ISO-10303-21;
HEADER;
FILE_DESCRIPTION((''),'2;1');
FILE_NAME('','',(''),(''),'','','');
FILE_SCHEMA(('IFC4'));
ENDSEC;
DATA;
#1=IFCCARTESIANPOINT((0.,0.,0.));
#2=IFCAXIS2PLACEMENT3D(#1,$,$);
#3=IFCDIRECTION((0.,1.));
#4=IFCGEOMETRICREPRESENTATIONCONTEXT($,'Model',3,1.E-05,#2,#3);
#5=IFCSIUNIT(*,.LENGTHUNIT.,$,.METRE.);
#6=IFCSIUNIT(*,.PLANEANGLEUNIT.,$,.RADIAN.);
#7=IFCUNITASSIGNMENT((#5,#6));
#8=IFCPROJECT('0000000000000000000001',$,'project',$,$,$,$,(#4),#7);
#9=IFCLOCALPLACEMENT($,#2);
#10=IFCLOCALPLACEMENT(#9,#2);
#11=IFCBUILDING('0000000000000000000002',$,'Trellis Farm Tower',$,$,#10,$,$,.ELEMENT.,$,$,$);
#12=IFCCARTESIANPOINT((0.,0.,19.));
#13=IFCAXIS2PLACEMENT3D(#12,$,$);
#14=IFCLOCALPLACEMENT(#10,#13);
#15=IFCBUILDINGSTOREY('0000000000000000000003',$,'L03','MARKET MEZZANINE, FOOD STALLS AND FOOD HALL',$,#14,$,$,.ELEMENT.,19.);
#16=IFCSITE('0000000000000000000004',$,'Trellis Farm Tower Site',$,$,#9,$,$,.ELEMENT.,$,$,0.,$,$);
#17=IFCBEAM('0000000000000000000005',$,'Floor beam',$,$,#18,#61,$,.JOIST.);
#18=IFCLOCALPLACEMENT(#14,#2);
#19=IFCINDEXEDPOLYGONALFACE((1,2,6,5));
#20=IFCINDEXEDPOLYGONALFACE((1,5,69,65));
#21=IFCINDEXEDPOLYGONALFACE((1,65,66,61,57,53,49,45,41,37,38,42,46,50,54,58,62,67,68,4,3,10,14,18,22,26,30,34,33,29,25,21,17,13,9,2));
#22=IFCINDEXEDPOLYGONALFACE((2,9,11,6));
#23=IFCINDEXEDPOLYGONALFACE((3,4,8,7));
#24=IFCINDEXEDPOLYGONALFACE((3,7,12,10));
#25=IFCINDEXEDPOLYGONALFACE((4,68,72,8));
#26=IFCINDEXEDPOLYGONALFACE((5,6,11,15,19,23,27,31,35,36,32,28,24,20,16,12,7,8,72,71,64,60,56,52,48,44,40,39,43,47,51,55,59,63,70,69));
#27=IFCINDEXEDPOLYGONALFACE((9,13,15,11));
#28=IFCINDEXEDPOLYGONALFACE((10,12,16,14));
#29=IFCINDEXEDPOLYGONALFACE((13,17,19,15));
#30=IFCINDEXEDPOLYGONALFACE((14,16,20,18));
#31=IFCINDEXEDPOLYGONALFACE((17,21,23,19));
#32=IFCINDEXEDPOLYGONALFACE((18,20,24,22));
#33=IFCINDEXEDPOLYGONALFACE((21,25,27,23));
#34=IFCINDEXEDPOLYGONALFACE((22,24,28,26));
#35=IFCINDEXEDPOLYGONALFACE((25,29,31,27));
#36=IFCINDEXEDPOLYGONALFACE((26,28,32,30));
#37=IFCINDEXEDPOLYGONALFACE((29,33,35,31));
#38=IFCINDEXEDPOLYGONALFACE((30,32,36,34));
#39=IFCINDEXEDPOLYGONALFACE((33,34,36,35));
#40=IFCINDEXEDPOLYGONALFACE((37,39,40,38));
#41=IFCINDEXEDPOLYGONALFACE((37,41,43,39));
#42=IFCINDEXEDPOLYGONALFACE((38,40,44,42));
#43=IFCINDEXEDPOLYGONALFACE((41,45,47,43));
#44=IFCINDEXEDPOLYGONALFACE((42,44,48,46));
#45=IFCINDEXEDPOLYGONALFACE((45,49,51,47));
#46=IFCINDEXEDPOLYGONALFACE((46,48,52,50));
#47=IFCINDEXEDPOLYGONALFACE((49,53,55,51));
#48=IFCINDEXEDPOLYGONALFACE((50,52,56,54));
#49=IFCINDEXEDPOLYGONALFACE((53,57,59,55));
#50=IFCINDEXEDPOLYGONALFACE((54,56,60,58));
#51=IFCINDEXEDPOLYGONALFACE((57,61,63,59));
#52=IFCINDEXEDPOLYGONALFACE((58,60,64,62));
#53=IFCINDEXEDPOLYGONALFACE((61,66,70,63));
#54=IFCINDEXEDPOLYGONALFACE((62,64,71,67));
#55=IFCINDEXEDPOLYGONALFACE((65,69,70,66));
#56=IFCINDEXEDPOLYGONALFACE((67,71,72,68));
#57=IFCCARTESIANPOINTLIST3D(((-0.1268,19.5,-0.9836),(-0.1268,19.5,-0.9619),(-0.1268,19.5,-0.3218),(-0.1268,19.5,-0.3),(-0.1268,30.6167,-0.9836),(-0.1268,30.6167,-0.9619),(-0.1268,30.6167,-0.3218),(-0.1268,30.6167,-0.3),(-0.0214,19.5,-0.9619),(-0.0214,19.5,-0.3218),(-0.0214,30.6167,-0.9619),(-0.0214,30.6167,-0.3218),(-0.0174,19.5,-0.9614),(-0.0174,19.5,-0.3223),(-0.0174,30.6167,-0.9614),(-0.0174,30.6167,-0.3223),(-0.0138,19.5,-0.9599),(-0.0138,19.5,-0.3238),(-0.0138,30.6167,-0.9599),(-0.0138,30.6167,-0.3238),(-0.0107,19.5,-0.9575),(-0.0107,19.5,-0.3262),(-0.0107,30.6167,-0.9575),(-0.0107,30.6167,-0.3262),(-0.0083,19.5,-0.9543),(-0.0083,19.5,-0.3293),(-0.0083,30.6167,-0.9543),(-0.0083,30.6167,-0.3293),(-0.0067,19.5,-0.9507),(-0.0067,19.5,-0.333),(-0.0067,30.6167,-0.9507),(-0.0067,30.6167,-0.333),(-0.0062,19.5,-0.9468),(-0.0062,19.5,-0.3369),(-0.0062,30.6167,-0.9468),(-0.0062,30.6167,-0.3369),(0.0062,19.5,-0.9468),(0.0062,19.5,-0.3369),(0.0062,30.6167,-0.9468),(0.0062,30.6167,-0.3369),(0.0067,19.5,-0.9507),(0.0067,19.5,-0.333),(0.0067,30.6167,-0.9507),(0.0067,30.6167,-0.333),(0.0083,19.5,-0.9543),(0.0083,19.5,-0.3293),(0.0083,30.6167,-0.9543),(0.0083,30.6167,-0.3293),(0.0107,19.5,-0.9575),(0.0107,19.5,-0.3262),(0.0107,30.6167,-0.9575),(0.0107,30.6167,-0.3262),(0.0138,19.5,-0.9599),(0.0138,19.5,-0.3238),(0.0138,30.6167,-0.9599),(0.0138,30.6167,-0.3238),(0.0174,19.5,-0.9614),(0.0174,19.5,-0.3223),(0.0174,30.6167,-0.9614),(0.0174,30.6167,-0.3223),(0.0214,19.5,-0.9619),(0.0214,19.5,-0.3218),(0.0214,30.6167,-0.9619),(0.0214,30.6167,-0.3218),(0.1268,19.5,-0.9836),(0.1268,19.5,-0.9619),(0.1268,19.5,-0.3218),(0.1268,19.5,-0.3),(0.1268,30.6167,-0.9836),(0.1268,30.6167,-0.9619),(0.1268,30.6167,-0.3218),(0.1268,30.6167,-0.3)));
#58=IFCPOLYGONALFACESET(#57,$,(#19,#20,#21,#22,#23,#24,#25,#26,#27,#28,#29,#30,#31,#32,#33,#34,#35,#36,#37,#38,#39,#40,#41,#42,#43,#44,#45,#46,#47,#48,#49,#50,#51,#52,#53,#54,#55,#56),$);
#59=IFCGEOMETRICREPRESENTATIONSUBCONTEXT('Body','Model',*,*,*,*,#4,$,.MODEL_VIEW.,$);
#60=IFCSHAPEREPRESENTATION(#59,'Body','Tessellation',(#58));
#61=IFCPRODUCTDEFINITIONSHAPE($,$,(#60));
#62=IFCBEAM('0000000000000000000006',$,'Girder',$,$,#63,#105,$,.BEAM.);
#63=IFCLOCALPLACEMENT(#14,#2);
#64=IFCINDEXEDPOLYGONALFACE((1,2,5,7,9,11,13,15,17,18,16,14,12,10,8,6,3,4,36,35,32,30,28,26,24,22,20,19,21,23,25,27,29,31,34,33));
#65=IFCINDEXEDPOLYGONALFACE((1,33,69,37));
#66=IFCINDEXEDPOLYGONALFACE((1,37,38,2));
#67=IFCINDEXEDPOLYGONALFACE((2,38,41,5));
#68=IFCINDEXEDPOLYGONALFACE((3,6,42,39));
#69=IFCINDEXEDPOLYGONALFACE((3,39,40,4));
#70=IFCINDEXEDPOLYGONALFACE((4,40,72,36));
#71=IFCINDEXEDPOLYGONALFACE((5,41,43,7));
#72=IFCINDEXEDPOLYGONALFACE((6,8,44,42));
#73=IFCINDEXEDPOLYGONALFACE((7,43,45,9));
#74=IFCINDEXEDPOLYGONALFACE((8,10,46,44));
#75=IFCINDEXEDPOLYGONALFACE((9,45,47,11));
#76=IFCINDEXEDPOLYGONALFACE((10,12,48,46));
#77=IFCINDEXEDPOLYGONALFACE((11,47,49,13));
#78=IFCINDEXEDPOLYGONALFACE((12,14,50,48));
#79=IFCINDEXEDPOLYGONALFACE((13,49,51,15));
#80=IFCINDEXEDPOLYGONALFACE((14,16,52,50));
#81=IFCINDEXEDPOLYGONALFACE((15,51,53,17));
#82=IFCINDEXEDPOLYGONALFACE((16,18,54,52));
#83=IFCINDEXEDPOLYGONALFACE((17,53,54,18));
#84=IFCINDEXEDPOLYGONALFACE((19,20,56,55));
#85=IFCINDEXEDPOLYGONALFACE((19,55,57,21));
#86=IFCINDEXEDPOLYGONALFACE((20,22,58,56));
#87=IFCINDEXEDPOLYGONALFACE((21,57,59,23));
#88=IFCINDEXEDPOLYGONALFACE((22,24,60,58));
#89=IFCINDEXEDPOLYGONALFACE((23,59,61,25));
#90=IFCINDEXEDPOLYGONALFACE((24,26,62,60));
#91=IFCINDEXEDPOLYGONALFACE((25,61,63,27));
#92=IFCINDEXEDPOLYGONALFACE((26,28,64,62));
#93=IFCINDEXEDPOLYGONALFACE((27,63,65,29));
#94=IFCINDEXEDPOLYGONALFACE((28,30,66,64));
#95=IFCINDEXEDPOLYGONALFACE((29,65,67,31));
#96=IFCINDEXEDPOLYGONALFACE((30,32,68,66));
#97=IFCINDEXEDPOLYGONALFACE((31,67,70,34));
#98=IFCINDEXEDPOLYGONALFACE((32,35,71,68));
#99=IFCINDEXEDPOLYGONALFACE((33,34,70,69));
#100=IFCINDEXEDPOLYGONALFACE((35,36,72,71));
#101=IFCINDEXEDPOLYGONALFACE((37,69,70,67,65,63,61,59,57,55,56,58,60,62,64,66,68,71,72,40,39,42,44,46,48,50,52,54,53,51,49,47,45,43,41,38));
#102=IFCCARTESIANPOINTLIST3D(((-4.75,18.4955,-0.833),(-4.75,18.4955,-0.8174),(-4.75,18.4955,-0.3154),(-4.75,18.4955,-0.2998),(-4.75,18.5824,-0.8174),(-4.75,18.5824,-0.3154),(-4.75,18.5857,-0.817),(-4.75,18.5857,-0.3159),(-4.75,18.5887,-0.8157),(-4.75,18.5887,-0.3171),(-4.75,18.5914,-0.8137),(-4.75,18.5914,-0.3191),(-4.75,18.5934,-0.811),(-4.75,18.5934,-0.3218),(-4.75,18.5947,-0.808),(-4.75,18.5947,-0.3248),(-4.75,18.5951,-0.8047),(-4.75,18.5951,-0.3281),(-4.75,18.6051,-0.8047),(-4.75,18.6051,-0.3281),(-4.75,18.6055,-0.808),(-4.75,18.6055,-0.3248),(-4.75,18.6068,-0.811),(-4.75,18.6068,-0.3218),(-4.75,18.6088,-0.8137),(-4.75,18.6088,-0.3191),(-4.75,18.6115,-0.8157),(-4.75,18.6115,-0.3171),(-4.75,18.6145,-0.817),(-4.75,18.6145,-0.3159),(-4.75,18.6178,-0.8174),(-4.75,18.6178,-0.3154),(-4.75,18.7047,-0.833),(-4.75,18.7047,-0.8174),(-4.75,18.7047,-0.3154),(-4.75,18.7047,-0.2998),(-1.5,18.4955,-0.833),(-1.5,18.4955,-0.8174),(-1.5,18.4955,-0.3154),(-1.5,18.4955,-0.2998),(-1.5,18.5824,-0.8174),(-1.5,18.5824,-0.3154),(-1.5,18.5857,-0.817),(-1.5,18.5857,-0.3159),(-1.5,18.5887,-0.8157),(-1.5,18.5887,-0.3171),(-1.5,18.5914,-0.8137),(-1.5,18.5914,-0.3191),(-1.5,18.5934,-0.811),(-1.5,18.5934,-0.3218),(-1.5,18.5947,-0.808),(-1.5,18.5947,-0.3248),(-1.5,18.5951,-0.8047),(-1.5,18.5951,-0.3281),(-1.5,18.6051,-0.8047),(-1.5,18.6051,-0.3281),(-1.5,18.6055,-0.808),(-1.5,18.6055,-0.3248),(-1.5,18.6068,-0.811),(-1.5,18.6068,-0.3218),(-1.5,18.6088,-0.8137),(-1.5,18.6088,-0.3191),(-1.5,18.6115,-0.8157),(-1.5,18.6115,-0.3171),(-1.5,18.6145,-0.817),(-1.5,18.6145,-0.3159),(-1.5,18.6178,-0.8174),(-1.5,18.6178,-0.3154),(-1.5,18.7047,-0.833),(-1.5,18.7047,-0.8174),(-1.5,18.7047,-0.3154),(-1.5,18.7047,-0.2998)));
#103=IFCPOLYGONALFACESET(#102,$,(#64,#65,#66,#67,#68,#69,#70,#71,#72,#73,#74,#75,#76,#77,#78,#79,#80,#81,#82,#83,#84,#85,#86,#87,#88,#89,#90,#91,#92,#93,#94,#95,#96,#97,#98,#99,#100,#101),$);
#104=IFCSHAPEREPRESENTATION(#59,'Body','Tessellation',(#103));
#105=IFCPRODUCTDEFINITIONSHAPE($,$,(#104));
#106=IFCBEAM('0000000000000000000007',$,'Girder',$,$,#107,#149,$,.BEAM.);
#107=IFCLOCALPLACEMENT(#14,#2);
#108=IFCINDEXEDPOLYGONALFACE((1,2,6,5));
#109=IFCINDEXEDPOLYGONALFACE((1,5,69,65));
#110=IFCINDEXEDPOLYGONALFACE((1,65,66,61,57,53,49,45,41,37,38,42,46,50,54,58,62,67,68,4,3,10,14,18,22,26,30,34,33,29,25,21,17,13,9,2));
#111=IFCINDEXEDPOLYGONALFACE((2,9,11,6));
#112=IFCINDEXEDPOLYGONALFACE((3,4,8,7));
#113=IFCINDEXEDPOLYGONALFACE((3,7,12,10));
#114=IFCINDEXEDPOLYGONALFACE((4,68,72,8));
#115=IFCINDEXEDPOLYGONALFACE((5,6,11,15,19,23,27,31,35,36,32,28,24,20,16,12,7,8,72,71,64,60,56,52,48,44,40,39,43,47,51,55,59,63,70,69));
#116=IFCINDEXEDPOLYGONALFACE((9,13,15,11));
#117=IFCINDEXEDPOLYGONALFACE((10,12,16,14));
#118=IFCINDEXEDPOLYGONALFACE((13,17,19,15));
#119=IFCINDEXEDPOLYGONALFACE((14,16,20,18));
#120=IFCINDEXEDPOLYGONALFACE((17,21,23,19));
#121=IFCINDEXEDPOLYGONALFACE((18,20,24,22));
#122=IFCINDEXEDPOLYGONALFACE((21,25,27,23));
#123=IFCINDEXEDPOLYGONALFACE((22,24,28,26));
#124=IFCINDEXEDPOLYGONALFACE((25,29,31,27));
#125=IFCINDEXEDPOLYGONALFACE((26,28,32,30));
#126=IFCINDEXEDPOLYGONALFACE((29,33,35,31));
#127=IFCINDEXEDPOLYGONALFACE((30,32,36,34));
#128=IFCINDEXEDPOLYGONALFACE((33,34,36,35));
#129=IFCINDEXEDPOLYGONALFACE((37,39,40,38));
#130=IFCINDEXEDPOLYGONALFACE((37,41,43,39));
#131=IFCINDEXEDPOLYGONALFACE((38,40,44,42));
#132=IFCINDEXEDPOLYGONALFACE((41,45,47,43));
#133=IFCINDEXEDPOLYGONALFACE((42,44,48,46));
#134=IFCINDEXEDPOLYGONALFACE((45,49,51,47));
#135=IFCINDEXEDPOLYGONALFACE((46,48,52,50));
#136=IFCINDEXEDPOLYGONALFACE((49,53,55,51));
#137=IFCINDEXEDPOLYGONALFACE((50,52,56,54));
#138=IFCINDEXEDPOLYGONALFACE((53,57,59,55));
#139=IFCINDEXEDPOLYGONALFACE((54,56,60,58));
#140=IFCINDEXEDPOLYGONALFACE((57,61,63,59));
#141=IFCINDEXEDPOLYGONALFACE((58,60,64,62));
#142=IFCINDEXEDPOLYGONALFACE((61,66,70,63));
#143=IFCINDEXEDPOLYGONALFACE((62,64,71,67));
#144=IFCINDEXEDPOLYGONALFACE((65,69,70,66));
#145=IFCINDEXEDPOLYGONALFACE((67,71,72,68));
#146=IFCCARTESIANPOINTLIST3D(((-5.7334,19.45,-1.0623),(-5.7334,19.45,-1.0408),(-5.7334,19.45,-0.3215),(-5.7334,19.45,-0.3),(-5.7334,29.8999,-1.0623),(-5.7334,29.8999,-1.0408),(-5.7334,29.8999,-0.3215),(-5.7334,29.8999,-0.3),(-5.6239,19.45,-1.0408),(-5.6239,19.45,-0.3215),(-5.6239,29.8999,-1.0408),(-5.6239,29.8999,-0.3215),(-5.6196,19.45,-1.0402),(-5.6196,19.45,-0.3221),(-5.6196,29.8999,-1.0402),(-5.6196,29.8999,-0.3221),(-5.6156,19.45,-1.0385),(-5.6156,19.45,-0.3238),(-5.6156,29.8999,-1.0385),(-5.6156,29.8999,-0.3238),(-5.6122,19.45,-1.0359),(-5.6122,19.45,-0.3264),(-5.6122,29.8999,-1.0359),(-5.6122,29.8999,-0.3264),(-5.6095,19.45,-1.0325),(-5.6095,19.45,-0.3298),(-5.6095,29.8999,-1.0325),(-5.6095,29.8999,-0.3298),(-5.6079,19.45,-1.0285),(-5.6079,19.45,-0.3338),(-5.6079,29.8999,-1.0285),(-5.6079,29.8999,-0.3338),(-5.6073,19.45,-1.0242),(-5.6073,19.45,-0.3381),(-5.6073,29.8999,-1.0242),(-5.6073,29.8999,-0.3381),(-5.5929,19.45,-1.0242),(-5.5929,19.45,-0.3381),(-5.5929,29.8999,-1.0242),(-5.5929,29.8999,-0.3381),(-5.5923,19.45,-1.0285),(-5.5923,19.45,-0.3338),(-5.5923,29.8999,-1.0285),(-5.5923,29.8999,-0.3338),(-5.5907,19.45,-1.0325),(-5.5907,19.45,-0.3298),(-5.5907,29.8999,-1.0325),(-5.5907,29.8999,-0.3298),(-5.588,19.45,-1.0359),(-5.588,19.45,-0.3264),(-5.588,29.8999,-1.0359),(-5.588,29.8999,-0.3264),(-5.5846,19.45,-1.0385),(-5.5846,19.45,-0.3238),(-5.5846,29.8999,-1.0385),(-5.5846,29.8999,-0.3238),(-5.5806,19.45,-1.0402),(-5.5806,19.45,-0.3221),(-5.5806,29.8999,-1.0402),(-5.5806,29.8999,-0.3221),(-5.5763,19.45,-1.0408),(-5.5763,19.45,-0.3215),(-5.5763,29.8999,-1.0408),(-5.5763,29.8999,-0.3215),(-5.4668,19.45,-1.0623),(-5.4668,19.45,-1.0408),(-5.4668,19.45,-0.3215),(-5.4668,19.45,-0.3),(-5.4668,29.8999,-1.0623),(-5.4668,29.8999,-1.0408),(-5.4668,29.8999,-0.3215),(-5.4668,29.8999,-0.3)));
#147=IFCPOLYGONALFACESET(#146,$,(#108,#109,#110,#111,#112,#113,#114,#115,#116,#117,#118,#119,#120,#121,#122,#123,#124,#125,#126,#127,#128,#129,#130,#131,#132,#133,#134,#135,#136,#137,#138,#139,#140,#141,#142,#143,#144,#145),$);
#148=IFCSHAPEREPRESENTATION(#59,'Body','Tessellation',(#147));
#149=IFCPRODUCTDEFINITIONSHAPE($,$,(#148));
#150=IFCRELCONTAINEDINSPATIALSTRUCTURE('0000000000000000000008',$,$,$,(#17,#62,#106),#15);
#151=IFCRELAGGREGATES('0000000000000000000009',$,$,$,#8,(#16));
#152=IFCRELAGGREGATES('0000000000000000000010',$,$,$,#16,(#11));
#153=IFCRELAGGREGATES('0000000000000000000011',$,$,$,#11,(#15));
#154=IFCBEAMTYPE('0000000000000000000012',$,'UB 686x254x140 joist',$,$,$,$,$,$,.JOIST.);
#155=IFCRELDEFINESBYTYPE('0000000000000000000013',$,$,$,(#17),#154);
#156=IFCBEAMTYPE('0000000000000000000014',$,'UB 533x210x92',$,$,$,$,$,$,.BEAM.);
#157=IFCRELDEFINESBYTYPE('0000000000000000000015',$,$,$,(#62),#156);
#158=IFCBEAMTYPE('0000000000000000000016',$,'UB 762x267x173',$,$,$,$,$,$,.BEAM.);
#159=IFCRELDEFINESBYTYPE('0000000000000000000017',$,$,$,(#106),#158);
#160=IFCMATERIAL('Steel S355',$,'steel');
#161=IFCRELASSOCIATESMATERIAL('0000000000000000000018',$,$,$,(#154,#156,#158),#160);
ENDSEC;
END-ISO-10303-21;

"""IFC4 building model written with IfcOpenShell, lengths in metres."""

from ifc_helpers import new_model, si_unit, direction, frame, origin, origin_2d, place, context, subcontext, project, spatial, i_section, extrude, source, transform, mapped, material, material_profile, profile_set, type_object, element, save


model = new_model("IFC4")

# Units and contexts
model_context = context("Model", 3, precision=1e-05, world=origin(), true_north=direction((0.0, 1.0)))
body_context = subcontext(model_context, "Body", "Model", "MODEL_VIEW")
ifc_project = project(units=[si_unit("LENGTHUNIT", "METRE"), si_unit("PLANEANGLEUNIT", "RADIAN")], contexts=[model_context])

# Site, building, storey
site_placement = place(None, origin())
site = spatial("IfcSite", under=ifc_project, at=site_placement, Name="Trellis Farm Tower Site", CompositionType="ELEMENT", RefElevation=0.0)
building_placement = place(site_placement, origin())
building = spatial("IfcBuilding", under=site, at=building_placement, Name="Trellis Farm Tower", CompositionType="ELEMENT")
storey_placement = place(building_placement, frame((0.0, 0.0, 19.0)))
storey = spatial("IfcBuildingStorey", under=building, at=storey_placement, Name="L03", Description="MARKET MEZZANINE, FOOD STALLS AND FOOD HALL", CompositionType="ELEMENT", Elevation=19.0)

# Beams
ifc_material_1 = material(Name="Steel S355", Category="steel")
ifc_material_profile_1 = material_profile(ifc_material_1, i_section(OverallWidth=0.2537, OverallDepth=0.6836, WebThickness=0.0125, FlangeThickness=0.0217, FilletRadius=0.0151, at=origin_2d()), Name="UB 686x254x140")
ifc_profile_set_1 = profile_set([ifc_material_profile_1], Name="Steel S355")
beam_type_1 = type_object("IfcBeamType", Name="UB 686x254x140 joist", PredefinedType="JOIST", material=ifc_profile_set_1)
shared_shape_1 = source(origin(), body_context, "Body", "SweptSolid", [
    extrude(i_section(OverallWidth=0.2537, OverallDepth=0.6836, WebThickness=0.0125, FlangeThickness=0.0217, FilletRadius=0.0151, at=origin_2d()), origin(), (0.0, 0.0, 1.0), 11.1167),
])
beam_1_placement = place(storey_placement, frame((0.0, 19.5, -0.6418), z_axis=(0.0, 1.0, 0.0), x_axis=(-1.0, 0.0, 0.0)))
element("IfcBeam", 1, at=beam_1_placement, inside=storey, type_object=beam_type_1, Name="Floor beam", PredefinedType="JOIST", context=body_context, shape_type="MappedRepresentation", body=[
    mapped(shared_shape_1, transform((0.0, 0.0, 0.0))),
])
ifc_material_profile_2 = material_profile(ifc_material_1, i_section(OverallWidth=0.2092, OverallDepth=0.5332, WebThickness=0.01, FlangeThickness=0.0156, FilletRadius=0.0127, at=origin_2d()), Name="UB 533x210x92")
ifc_profile_set_2 = profile_set([ifc_material_profile_2], Name="Steel S355")
beam_type_2 = type_object("IfcBeamType", Name="UB 533x210x92", PredefinedType="BEAM", material=ifc_profile_set_2)
shared_shape_2 = source(origin(), body_context, "Body", "SweptSolid", [
    extrude(i_section(OverallWidth=0.2092, OverallDepth=0.5332, WebThickness=0.01, FlangeThickness=0.0156, FilletRadius=0.0127, at=origin_2d()), origin(), (0.0, 0.0, 1.0), 3.25),
])
beam_2_placement = place(storey_placement, frame((-4.75, 18.6001, -0.5664), z_axis=(1.0, 0.0, 0.0), x_axis=(0.0, 1.0, 0.0)))
element("IfcBeam", 2, at=beam_2_placement, inside=storey, type_object=beam_type_2, Name="Girder", PredefinedType="BEAM", context=body_context, shape_type="MappedRepresentation", body=[
    mapped(shared_shape_2, transform((0.0, 0.0, 0.0))),
])
ifc_material_profile_3 = material_profile(ifc_material_1, i_section(OverallWidth=0.2666, OverallDepth=0.7622, WebThickness=0.0144, FlangeThickness=0.0215, FilletRadius=0.0166, at=origin_2d()), Name="UB 762x267x173")
ifc_profile_set_3 = profile_set([ifc_material_profile_3], Name="Steel S355")
beam_type_3 = type_object("IfcBeamType", Name="UB 762x267x173", PredefinedType="BEAM", material=ifc_profile_set_3)
shared_shape_3 = source(origin(), body_context, "Body", "SweptSolid", [
    extrude(i_section(OverallWidth=0.2666, OverallDepth=0.7622, WebThickness=0.0144, FlangeThickness=0.0215, FilletRadius=0.0166, at=origin_2d()), origin(), (0.0, 0.0, 1.0), 10.45),
])
beam_3_placement = place(storey_placement, frame((-5.6001, 19.45, -0.6812), z_axis=(0.0, 1.0, 0.0), x_axis=(-1.0, 0.0, 0.0)))
element("IfcBeam", 3, at=beam_3_placement, inside=storey, type_object=beam_type_3, Name="Girder", PredefinedType="BEAM", context=body_context, shape_type="MappedRepresentation", body=[
    mapped(shared_shape_3, transform((0.0, 0.0, 0.0))),
])

save(model, "model.ifc")
